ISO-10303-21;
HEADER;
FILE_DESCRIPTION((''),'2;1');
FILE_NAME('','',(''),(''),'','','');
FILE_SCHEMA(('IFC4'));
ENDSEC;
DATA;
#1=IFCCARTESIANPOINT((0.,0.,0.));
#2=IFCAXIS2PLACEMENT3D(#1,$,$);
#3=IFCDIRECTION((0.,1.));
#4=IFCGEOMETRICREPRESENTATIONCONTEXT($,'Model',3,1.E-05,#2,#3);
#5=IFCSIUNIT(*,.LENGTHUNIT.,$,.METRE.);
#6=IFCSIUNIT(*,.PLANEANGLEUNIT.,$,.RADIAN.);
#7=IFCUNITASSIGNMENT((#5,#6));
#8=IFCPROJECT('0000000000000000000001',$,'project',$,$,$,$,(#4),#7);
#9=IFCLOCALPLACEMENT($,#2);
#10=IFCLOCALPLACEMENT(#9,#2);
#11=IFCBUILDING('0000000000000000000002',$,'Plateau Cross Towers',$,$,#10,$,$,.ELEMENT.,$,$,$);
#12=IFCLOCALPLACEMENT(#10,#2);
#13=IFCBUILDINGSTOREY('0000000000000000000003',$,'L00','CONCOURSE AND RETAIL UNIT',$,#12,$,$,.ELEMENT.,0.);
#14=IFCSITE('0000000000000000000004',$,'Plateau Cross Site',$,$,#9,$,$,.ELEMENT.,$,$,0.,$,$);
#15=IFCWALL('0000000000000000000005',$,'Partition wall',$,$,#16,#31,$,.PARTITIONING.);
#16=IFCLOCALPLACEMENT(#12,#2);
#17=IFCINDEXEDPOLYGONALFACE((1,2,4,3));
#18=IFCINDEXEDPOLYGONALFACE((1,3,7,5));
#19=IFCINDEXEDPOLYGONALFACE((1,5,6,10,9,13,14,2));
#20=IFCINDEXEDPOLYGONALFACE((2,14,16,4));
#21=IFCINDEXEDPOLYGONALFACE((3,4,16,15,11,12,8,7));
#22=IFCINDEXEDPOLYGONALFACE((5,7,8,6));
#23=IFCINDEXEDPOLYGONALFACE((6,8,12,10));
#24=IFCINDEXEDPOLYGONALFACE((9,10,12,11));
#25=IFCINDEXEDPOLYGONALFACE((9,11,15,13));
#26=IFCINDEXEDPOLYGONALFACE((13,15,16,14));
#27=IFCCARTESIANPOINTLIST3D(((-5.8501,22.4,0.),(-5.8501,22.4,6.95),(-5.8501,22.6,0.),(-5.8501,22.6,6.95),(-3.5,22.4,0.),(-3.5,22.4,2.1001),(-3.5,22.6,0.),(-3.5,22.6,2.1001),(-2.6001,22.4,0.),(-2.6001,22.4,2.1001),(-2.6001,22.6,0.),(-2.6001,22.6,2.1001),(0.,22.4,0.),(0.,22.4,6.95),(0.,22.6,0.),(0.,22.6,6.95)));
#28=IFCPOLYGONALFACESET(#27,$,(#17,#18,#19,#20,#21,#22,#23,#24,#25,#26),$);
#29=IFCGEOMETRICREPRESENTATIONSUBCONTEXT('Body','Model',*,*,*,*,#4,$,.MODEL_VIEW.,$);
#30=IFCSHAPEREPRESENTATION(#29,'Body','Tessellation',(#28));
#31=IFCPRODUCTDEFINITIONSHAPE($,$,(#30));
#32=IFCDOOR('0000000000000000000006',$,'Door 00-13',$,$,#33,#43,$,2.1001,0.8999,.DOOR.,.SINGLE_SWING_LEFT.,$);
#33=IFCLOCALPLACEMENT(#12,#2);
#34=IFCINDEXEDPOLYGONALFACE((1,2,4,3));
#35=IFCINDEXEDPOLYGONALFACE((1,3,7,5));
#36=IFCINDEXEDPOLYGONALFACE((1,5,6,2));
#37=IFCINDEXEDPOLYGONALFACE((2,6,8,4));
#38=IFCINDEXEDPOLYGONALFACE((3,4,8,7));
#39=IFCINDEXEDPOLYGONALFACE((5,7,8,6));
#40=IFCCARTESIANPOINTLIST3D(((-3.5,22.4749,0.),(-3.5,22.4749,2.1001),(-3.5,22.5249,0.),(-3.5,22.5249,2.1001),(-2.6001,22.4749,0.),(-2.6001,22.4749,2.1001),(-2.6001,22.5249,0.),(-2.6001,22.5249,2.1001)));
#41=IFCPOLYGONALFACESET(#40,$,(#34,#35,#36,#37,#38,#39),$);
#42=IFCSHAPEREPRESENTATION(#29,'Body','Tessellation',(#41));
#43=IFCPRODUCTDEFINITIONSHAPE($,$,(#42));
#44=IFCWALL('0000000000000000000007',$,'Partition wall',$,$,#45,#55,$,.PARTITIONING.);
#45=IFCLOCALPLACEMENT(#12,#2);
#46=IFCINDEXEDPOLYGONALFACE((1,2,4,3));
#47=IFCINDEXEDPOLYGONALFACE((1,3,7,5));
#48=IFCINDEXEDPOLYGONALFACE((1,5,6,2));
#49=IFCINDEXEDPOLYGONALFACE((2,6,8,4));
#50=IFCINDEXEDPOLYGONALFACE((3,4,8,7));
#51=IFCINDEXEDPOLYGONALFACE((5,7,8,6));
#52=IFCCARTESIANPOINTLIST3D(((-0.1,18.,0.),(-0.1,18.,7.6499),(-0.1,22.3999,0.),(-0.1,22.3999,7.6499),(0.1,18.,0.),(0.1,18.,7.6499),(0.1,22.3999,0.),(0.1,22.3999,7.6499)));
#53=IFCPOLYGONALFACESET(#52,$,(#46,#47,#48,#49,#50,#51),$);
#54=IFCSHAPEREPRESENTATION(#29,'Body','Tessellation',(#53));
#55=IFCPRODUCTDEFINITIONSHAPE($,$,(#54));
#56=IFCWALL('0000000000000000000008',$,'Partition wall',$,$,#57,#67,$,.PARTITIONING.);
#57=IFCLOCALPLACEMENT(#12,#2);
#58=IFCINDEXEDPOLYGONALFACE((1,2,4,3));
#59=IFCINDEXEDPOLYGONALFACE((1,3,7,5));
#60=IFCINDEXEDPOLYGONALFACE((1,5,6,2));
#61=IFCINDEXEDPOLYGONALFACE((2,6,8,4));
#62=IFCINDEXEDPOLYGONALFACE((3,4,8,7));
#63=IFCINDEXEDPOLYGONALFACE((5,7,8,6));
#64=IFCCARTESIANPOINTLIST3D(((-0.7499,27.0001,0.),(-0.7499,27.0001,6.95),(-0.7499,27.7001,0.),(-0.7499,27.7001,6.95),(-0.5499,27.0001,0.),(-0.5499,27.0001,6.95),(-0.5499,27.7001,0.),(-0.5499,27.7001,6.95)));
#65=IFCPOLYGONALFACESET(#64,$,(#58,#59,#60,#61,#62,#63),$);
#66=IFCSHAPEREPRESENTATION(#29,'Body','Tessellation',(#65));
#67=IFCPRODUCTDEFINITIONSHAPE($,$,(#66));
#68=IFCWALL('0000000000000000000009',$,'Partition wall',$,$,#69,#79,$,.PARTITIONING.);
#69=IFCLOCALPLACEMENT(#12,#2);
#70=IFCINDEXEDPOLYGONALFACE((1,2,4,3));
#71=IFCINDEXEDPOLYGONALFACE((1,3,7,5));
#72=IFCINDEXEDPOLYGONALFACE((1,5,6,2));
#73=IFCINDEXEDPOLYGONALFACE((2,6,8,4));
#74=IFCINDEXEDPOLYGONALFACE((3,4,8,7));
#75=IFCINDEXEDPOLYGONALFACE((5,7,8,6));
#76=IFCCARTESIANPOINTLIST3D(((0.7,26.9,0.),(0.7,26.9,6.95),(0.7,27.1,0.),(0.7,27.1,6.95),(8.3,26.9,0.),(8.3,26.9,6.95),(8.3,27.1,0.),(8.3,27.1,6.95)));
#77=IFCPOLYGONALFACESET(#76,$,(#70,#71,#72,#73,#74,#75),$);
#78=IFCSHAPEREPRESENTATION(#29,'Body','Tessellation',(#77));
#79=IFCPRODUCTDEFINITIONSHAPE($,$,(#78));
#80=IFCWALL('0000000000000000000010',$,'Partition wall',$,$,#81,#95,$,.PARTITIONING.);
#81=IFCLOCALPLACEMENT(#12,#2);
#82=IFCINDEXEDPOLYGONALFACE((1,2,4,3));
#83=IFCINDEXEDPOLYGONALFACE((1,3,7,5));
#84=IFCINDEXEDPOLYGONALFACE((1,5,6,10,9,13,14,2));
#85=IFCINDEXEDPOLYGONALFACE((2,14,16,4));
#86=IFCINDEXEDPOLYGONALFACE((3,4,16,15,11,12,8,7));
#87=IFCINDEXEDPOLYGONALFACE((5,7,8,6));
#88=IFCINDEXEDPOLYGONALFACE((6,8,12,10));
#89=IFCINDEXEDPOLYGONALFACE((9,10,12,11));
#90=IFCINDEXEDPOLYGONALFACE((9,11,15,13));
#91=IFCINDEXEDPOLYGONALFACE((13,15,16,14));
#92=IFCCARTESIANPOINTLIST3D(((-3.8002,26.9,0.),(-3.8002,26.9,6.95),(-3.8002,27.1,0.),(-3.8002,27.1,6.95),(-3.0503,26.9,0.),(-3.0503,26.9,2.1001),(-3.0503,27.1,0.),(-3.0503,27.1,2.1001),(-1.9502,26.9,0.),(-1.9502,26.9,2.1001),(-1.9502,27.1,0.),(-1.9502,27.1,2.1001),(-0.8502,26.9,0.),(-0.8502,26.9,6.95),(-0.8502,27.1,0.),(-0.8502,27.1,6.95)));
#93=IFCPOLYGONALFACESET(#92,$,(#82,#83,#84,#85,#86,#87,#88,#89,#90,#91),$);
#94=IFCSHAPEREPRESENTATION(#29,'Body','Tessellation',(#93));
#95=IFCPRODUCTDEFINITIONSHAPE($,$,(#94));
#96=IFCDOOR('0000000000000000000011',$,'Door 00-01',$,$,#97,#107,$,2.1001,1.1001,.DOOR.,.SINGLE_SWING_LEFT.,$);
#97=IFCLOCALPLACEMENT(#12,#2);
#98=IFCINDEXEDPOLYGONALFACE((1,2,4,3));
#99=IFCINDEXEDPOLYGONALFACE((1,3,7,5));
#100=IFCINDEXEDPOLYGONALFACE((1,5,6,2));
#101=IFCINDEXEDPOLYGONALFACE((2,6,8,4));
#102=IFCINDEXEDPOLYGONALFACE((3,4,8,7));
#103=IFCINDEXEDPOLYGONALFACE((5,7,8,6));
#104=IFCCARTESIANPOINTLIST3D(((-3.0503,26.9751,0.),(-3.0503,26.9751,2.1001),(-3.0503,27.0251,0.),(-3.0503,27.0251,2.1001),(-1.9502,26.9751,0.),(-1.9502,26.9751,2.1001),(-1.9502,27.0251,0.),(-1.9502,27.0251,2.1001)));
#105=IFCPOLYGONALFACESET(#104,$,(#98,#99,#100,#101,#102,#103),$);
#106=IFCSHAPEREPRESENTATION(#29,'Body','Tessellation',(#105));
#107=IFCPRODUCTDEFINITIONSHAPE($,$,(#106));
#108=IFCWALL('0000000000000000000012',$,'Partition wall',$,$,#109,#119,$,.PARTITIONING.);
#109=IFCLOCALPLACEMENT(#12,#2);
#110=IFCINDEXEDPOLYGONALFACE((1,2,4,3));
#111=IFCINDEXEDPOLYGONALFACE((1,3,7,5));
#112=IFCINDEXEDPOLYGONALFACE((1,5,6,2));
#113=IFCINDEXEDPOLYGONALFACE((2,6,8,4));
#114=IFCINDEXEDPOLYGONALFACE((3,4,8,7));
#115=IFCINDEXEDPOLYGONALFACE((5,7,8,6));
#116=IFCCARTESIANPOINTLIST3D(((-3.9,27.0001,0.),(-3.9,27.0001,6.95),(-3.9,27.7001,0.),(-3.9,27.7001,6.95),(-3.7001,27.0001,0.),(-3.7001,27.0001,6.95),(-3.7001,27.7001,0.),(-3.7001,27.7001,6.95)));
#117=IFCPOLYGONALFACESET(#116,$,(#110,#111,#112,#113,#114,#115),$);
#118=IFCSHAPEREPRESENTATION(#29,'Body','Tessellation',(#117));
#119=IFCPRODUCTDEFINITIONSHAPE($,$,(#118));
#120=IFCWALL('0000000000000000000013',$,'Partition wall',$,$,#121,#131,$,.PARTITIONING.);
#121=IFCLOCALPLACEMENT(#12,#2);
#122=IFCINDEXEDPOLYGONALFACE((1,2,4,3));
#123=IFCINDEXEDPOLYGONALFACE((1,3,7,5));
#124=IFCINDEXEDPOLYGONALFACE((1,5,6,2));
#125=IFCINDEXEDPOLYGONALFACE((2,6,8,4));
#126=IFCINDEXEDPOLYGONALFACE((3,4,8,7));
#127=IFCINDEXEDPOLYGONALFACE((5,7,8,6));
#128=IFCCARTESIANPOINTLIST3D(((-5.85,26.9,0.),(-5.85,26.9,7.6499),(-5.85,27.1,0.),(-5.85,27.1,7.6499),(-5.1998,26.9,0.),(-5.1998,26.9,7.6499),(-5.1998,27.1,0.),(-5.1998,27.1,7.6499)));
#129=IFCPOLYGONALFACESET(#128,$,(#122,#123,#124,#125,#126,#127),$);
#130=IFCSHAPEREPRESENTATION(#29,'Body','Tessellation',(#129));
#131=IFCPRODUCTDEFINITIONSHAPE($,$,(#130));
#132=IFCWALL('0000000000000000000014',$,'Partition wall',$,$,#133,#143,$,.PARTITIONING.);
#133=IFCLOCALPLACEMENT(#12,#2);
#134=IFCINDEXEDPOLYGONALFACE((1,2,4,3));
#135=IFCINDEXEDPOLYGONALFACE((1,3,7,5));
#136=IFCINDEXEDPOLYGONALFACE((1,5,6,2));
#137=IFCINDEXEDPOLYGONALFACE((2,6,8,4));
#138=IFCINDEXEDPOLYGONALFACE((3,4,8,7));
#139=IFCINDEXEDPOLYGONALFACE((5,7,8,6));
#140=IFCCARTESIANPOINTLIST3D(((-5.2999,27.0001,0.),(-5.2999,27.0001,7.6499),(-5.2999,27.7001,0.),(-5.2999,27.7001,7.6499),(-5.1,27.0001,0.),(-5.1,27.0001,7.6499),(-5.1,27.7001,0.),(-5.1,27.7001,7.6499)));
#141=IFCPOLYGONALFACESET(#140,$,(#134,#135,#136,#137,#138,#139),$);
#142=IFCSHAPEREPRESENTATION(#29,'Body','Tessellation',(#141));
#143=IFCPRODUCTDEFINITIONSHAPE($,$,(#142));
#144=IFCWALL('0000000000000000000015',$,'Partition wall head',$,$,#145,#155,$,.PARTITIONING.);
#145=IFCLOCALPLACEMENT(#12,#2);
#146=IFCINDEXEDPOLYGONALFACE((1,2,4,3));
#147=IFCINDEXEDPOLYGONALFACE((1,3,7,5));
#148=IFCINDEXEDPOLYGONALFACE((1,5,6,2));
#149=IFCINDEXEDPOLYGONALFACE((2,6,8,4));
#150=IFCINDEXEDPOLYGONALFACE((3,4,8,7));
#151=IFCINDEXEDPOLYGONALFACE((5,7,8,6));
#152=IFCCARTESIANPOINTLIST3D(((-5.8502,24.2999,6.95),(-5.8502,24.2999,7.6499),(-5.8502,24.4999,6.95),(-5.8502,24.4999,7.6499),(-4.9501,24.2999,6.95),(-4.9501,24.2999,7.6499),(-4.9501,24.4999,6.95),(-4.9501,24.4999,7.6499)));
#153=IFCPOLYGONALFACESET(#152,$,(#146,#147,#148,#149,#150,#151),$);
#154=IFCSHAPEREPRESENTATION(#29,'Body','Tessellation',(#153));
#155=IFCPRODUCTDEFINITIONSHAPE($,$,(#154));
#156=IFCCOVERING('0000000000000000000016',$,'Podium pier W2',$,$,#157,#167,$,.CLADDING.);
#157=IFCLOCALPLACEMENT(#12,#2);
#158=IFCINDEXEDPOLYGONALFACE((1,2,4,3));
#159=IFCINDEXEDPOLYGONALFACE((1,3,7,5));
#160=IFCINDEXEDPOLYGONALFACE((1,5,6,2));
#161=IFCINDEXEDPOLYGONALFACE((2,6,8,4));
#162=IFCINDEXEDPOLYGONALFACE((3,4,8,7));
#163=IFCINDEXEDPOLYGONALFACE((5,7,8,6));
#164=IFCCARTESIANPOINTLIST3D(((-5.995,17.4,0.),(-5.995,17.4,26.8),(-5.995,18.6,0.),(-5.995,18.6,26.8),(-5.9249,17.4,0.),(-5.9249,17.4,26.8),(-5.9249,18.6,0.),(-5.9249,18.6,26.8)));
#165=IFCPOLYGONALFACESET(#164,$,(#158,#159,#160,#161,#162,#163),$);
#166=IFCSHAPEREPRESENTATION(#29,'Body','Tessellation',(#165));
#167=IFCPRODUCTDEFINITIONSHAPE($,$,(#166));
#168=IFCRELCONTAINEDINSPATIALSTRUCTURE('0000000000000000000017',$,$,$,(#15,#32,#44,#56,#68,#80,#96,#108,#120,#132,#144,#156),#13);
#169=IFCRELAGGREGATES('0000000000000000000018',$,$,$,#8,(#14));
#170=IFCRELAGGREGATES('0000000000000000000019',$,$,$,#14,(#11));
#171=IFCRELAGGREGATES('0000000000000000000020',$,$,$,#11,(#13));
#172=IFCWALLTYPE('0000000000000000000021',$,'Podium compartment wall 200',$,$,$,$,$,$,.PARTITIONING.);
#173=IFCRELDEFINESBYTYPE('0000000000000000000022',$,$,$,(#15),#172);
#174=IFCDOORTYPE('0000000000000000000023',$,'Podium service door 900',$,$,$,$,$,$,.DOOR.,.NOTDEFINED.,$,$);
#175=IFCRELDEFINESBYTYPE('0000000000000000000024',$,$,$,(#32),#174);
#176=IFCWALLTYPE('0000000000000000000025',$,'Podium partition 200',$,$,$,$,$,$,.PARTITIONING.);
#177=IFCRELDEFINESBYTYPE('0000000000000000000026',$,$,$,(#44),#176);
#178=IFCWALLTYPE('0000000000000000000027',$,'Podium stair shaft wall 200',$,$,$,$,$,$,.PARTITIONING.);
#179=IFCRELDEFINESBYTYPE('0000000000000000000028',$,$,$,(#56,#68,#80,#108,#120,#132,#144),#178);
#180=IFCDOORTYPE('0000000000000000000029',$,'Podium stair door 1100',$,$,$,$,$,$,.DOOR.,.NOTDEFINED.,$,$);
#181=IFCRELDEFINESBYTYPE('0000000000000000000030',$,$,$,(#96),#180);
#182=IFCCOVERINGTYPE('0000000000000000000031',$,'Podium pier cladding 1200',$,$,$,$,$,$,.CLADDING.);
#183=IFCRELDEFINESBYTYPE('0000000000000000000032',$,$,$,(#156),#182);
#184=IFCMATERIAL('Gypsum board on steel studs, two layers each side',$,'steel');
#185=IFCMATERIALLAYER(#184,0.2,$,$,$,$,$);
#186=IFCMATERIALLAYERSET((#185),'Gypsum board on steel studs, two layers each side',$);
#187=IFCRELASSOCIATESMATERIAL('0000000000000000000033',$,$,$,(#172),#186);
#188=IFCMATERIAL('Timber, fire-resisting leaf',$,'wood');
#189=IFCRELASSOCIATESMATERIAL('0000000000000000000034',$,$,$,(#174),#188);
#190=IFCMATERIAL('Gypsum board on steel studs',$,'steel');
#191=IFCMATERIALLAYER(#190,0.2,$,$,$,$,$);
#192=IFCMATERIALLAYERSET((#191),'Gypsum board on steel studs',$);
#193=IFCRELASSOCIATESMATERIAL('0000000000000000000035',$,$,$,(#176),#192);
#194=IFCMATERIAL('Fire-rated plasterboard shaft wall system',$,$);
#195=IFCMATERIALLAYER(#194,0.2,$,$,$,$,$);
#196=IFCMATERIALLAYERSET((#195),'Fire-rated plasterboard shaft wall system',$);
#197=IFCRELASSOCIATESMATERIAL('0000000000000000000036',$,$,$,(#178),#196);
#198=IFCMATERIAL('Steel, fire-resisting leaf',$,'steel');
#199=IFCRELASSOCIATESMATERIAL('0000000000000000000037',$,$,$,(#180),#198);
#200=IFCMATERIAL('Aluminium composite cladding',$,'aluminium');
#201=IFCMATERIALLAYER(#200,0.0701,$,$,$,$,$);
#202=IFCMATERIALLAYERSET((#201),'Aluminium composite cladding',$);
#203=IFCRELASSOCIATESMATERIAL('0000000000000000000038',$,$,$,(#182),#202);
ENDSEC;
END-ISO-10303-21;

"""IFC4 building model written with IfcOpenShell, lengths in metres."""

from ifc_helpers import new_model, si_unit, direction, frame, frame_2d, origin, origin_2d, place, context, subcontext, project, spatial, rectangle, extrude, material, layer, layer_set, type_object, element, fill, save


model = new_model("IFC4")

# Units and contexts
model_context = context("Model", 3, precision=1e-05, world=origin(), true_north=direction((0.0, 1.0)))
body_context = subcontext(model_context, "Body", "Model", "MODEL_VIEW")
ifc_project = project(units=[si_unit("LENGTHUNIT", "METRE"), si_unit("PLANEANGLEUNIT", "RADIAN")], contexts=[model_context])

# Site, building, storey
site_placement = place(None, origin())
site = spatial("IfcSite", under=ifc_project, at=site_placement, Name="Plateau Cross Site", CompositionType="ELEMENT", RefElevation=0.0)
building_placement = place(site_placement, origin())
building = spatial("IfcBuilding", under=site, at=building_placement, Name="Plateau Cross Towers", CompositionType="ELEMENT")
storey_placement = place(building_placement, origin())
storey = spatial("IfcBuildingStorey", under=building, at=storey_placement, Name="L00", Description="CONCOURSE AND RETAIL UNIT", CompositionType="ELEMENT", Elevation=0.0)

# Wall, opening, door
ifc_material_1 = material(Name="Gypsum board on steel studs, two layers each side", Category="steel")
ifc_layer_1 = layer(ifc_material_1, 0.2)
ifc_layer_set_1 = layer_set([ifc_layer_1], Name="Gypsum board on steel studs, two layers each side")
wall_type_1 = type_object("IfcWallType", Name="Podium compartment wall 200", PredefinedType="PARTITIONING", material=ifc_layer_set_1)
wall_1_placement = place(storey_placement, frame((-5.8501, 22.5, 0.0), z_axis=(0.0, 0.0, 1.0), x_axis=(1.0, 0.0, 0.0)))
wall_1 = element("IfcWall", 1, at=wall_1_placement, inside=storey, type_object=wall_type_1, Name="Partition wall", PredefinedType="PARTITIONING", context=body_context, shape_type="SweptSolid", body=[
    extrude(rectangle(XDim=5.8501, YDim=0.2, at=frame_2d((2.925, 0.0))), origin(), (0.0, 0.0, 1.0), 6.95),
])
opening_1_placement = place(wall_1_placement, frame((2.3501, 0.0, 0.0)))
opening_1 = element("IfcOpeningElement", 2, at=opening_1_placement, cuts=wall_1, PredefinedType="OPENING", context=body_context, shape_type="SweptSolid", body=[
    extrude(rectangle(XDim=0.8999, YDim=2.1001, at=frame_2d((0.45, 1.05))), frame((0.0, 0.1099, 0.0), z_axis=(0.0, -1.0, 0.0), x_axis=(1.0, 0.0, 0.0)), (0.0, 0.0, 1.0), 0.22),
])
ifc_material_2 = material(Name="Timber, fire-resisting leaf", Category="wood")
door_type_1 = type_object("IfcDoorType", Name="Podium service door 900", OperationType="NOTDEFINED", PredefinedType="DOOR", material=ifc_material_2)
door_1_placement = place(opening_1_placement, origin())
door_1 = element("IfcDoor", 3, at=door_1_placement, inside=storey, type_object=door_type_1, Name="Door 00-13", OperationType="SINGLE_SWING_LEFT", OverallHeight=2.1001, OverallWidth=0.8999, PredefinedType="DOOR", context=body_context, shape_type="SweptSolid", body=[
    extrude(rectangle(XDim=0.8999, YDim=2.1001, at=frame_2d((0.45, 1.05))), frame((0.0, 0.0249, 0.0), z_axis=(0.0, -1.0, 0.0), x_axis=(1.0, 0.0, 0.0)), (0.0, 0.0, 1.0), 0.05),
])
fill(opening_1, door_1)

# Walls
ifc_material_3 = material(Name="Gypsum board on steel studs", Category="steel")
ifc_layer_2 = layer(ifc_material_3, 0.2)
ifc_layer_set_2 = layer_set([ifc_layer_2], Name="Gypsum board on steel studs")
wall_type_2 = type_object("IfcWallType", Name="Podium partition 200", PredefinedType="PARTITIONING", material=ifc_layer_set_2)
wall_2_placement = place(storey_placement, frame((0.0, 22.3999, 0.0), z_axis=(0.0, 0.0, 1.0), x_axis=(0.0, -1.0, 0.0)))
element("IfcWall", 4, at=wall_2_placement, inside=storey, type_object=wall_type_2, Name="Partition wall", PredefinedType="PARTITIONING", context=body_context, shape_type="SweptSolid", body=[
    extrude(rectangle(XDim=4.3999, YDim=0.2, at=frame_2d((2.2, 0.0))), origin(), (0.0, 0.0, 1.0), 7.6499),
])
ifc_material_4 = material(Name="Fire-rated plasterboard shaft wall system")
ifc_layer_3 = layer(ifc_material_4, 0.2)
ifc_layer_set_3 = layer_set([ifc_layer_3], Name="Fire-rated plasterboard shaft wall system")
wall_type_3 = type_object("IfcWallType", Name="Podium stair shaft wall 200", PredefinedType="PARTITIONING", material=ifc_layer_set_3)
wall_3_placement = place(storey_placement, frame((-0.6499, 27.0, 0.0), z_axis=(0.0, 0.0, 1.0), x_axis=(0.0, 1.0, 0.0)))
element("IfcWall", 5, at=wall_3_placement, inside=storey, type_object=wall_type_3, Name="Partition wall", PredefinedType="PARTITIONING", context=body_context, shape_type="SweptSolid", body=[
    extrude(rectangle(XDim=0.7, YDim=0.2, at=frame_2d((0.3501, 0.0))), origin(), (0.0, 0.0, 1.0), 6.95),
])
wall_4_placement = place(storey_placement, frame((0.7, 27.0, 0.0), z_axis=(0.0, 0.0, 1.0), x_axis=(1.0, 0.0, 0.0)))
element("IfcWall", 6, at=wall_4_placement, inside=storey, type_object=wall_type_3, Name="Partition wall", PredefinedType="PARTITIONING", context=body_context, shape_type="SweptSolid", body=[
    extrude(rectangle(XDim=7.6001, YDim=0.2, at=frame_2d((3.8, 0.0))), origin(), (0.0, 0.0, 1.0), 6.95),
])

# Wall, opening, door
wall_5_placement = place(storey_placement, frame((-0.8501, 27.0, 0.0), z_axis=(0.0, 0.0, 1.0), x_axis=(-1.0, 0.0, 0.0)))
wall_5 = element("IfcWall", 7, at=wall_5_placement, inside=storey, type_object=wall_type_3, Name="Partition wall", PredefinedType="PARTITIONING", context=body_context, shape_type="SweptSolid", body=[
    extrude(rectangle(XDim=2.95, YDim=0.2, at=frame_2d((1.4751, 0.0))), origin(), (0.0, 0.0, 1.0), 6.95),
])
opening_2_placement = place(wall_5_placement, frame((1.1001, 0.0, 0.0)))
opening_2 = element("IfcOpeningElement", 8, at=opening_2_placement, cuts=wall_5, PredefinedType="OPENING", context=body_context, shape_type="SweptSolid", body=[
    extrude(rectangle(XDim=1.1001, YDim=2.1001, at=frame_2d((0.55, 1.05))), frame((0.0, 0.1099, 0.0), z_axis=(0.0, -1.0, 0.0), x_axis=(1.0, 0.0, 0.0)), (0.0, 0.0, 1.0), 0.22),
])
ifc_material_5 = material(Name="Steel, fire-resisting leaf", Category="steel")
door_type_2 = type_object("IfcDoorType", Name="Podium stair door 1100", OperationType="NOTDEFINED", PredefinedType="DOOR", material=ifc_material_5)
door_2_placement = place(opening_2_placement, origin())
door_2 = element("IfcDoor", 9, at=door_2_placement, inside=storey, type_object=door_type_2, Name="Door 00-01", OperationType="SINGLE_SWING_LEFT", OverallHeight=2.1001, OverallWidth=1.1001, PredefinedType="DOOR", context=body_context, shape_type="SweptSolid", body=[
    extrude(rectangle(XDim=1.1001, YDim=2.1001, at=frame_2d((0.55, 1.05))), frame((0.0, 0.0249, 0.0), z_axis=(0.0, -1.0, 0.0), x_axis=(1.0, 0.0, 0.0)), (0.0, 0.0, 1.0), 0.05),
])
fill(opening_2, door_2)

# Walls
wall_6_placement = place(storey_placement, frame((-3.8, 27.0, 0.0), z_axis=(0.0, 0.0, 1.0), x_axis=(0.0, 1.0, 0.0)))
element("IfcWall", 10, at=wall_6_placement, inside=storey, type_object=wall_type_3, Name="Partition wall", PredefinedType="PARTITIONING", context=body_context, shape_type="SweptSolid", body=[
    extrude(rectangle(XDim=0.7, YDim=0.2, at=frame_2d((0.3501, 0.0))), origin(), (0.0, 0.0, 1.0), 6.95),
])
wall_7_placement = place(storey_placement, frame((-5.8501, 27.0, 0.0), z_axis=(0.0, 0.0, 1.0), x_axis=(1.0, 0.0, 0.0)))
element("IfcWall", 11, at=wall_7_placement, inside=storey, type_object=wall_type_3, Name="Partition wall", PredefinedType="PARTITIONING", context=body_context, shape_type="SweptSolid", body=[
    extrude(rectangle(XDim=0.6501, YDim=0.2, at=frame_2d((0.3252, 0.0))), origin(), (0.0, 0.0, 1.0), 7.6499),
])
wall_8_placement = place(storey_placement, frame((-5.2, 27.0, 0.0), z_axis=(0.0, 0.0, 1.0), x_axis=(0.0, 1.0, 0.0)))
element("IfcWall", 12, at=wall_8_placement, inside=storey, type_object=wall_type_3, Name="Partition wall", PredefinedType="PARTITIONING", context=body_context, shape_type="SweptSolid", body=[
    extrude(rectangle(XDim=0.7, YDim=0.2, at=frame_2d((0.3501, 0.0))), origin(), (0.0, 0.0, 1.0), 7.6499),
])
wall_9_placement = place(storey_placement, frame((-4.95, 24.3999, 6.95), z_axis=(0.0, 0.0, 1.0), x_axis=(-1.0, 0.0, 0.0)))
element("IfcWall", 13, at=wall_9_placement, inside=storey, type_object=wall_type_3, Name="Partition wall head", PredefinedType="PARTITIONING", context=body_context, shape_type="SweptSolid", body=[
    extrude(rectangle(XDim=0.9001, YDim=0.2, at=frame_2d((0.4502, 0.0))), origin(), (0.0, 0.0, 1.0), 0.7),
])

# Covering
ifc_material_6 = material(Name="Aluminium composite cladding", Category="aluminium")
ifc_layer_4 = layer(ifc_material_6, 0.0701)
ifc_layer_set_4 = layer_set([ifc_layer_4], Name="Aluminium composite cladding")
covering_type = type_object("IfcCoveringType", Name="Podium pier cladding 1200", PredefinedType="CLADDING", material=ifc_layer_set_4)
covering_placement = place(storey_placement, frame((-5.96, 18.0, 0.0), z_axis=(0.0, 0.0, 1.0), x_axis=(0.0, -1.0, 0.0)))
element("IfcCovering", 14, at=covering_placement, inside=storey, type_object=covering_type, Name="Podium pier W2", PredefinedType="CLADDING", context=body_context, shape_type="SweptSolid", body=[
    extrude(rectangle(XDim=1.2, YDim=0.0701, at=origin_2d()), origin(), (0.0, 0.0, 1.0), 26.8),
])

save(model, "model.ifc")
